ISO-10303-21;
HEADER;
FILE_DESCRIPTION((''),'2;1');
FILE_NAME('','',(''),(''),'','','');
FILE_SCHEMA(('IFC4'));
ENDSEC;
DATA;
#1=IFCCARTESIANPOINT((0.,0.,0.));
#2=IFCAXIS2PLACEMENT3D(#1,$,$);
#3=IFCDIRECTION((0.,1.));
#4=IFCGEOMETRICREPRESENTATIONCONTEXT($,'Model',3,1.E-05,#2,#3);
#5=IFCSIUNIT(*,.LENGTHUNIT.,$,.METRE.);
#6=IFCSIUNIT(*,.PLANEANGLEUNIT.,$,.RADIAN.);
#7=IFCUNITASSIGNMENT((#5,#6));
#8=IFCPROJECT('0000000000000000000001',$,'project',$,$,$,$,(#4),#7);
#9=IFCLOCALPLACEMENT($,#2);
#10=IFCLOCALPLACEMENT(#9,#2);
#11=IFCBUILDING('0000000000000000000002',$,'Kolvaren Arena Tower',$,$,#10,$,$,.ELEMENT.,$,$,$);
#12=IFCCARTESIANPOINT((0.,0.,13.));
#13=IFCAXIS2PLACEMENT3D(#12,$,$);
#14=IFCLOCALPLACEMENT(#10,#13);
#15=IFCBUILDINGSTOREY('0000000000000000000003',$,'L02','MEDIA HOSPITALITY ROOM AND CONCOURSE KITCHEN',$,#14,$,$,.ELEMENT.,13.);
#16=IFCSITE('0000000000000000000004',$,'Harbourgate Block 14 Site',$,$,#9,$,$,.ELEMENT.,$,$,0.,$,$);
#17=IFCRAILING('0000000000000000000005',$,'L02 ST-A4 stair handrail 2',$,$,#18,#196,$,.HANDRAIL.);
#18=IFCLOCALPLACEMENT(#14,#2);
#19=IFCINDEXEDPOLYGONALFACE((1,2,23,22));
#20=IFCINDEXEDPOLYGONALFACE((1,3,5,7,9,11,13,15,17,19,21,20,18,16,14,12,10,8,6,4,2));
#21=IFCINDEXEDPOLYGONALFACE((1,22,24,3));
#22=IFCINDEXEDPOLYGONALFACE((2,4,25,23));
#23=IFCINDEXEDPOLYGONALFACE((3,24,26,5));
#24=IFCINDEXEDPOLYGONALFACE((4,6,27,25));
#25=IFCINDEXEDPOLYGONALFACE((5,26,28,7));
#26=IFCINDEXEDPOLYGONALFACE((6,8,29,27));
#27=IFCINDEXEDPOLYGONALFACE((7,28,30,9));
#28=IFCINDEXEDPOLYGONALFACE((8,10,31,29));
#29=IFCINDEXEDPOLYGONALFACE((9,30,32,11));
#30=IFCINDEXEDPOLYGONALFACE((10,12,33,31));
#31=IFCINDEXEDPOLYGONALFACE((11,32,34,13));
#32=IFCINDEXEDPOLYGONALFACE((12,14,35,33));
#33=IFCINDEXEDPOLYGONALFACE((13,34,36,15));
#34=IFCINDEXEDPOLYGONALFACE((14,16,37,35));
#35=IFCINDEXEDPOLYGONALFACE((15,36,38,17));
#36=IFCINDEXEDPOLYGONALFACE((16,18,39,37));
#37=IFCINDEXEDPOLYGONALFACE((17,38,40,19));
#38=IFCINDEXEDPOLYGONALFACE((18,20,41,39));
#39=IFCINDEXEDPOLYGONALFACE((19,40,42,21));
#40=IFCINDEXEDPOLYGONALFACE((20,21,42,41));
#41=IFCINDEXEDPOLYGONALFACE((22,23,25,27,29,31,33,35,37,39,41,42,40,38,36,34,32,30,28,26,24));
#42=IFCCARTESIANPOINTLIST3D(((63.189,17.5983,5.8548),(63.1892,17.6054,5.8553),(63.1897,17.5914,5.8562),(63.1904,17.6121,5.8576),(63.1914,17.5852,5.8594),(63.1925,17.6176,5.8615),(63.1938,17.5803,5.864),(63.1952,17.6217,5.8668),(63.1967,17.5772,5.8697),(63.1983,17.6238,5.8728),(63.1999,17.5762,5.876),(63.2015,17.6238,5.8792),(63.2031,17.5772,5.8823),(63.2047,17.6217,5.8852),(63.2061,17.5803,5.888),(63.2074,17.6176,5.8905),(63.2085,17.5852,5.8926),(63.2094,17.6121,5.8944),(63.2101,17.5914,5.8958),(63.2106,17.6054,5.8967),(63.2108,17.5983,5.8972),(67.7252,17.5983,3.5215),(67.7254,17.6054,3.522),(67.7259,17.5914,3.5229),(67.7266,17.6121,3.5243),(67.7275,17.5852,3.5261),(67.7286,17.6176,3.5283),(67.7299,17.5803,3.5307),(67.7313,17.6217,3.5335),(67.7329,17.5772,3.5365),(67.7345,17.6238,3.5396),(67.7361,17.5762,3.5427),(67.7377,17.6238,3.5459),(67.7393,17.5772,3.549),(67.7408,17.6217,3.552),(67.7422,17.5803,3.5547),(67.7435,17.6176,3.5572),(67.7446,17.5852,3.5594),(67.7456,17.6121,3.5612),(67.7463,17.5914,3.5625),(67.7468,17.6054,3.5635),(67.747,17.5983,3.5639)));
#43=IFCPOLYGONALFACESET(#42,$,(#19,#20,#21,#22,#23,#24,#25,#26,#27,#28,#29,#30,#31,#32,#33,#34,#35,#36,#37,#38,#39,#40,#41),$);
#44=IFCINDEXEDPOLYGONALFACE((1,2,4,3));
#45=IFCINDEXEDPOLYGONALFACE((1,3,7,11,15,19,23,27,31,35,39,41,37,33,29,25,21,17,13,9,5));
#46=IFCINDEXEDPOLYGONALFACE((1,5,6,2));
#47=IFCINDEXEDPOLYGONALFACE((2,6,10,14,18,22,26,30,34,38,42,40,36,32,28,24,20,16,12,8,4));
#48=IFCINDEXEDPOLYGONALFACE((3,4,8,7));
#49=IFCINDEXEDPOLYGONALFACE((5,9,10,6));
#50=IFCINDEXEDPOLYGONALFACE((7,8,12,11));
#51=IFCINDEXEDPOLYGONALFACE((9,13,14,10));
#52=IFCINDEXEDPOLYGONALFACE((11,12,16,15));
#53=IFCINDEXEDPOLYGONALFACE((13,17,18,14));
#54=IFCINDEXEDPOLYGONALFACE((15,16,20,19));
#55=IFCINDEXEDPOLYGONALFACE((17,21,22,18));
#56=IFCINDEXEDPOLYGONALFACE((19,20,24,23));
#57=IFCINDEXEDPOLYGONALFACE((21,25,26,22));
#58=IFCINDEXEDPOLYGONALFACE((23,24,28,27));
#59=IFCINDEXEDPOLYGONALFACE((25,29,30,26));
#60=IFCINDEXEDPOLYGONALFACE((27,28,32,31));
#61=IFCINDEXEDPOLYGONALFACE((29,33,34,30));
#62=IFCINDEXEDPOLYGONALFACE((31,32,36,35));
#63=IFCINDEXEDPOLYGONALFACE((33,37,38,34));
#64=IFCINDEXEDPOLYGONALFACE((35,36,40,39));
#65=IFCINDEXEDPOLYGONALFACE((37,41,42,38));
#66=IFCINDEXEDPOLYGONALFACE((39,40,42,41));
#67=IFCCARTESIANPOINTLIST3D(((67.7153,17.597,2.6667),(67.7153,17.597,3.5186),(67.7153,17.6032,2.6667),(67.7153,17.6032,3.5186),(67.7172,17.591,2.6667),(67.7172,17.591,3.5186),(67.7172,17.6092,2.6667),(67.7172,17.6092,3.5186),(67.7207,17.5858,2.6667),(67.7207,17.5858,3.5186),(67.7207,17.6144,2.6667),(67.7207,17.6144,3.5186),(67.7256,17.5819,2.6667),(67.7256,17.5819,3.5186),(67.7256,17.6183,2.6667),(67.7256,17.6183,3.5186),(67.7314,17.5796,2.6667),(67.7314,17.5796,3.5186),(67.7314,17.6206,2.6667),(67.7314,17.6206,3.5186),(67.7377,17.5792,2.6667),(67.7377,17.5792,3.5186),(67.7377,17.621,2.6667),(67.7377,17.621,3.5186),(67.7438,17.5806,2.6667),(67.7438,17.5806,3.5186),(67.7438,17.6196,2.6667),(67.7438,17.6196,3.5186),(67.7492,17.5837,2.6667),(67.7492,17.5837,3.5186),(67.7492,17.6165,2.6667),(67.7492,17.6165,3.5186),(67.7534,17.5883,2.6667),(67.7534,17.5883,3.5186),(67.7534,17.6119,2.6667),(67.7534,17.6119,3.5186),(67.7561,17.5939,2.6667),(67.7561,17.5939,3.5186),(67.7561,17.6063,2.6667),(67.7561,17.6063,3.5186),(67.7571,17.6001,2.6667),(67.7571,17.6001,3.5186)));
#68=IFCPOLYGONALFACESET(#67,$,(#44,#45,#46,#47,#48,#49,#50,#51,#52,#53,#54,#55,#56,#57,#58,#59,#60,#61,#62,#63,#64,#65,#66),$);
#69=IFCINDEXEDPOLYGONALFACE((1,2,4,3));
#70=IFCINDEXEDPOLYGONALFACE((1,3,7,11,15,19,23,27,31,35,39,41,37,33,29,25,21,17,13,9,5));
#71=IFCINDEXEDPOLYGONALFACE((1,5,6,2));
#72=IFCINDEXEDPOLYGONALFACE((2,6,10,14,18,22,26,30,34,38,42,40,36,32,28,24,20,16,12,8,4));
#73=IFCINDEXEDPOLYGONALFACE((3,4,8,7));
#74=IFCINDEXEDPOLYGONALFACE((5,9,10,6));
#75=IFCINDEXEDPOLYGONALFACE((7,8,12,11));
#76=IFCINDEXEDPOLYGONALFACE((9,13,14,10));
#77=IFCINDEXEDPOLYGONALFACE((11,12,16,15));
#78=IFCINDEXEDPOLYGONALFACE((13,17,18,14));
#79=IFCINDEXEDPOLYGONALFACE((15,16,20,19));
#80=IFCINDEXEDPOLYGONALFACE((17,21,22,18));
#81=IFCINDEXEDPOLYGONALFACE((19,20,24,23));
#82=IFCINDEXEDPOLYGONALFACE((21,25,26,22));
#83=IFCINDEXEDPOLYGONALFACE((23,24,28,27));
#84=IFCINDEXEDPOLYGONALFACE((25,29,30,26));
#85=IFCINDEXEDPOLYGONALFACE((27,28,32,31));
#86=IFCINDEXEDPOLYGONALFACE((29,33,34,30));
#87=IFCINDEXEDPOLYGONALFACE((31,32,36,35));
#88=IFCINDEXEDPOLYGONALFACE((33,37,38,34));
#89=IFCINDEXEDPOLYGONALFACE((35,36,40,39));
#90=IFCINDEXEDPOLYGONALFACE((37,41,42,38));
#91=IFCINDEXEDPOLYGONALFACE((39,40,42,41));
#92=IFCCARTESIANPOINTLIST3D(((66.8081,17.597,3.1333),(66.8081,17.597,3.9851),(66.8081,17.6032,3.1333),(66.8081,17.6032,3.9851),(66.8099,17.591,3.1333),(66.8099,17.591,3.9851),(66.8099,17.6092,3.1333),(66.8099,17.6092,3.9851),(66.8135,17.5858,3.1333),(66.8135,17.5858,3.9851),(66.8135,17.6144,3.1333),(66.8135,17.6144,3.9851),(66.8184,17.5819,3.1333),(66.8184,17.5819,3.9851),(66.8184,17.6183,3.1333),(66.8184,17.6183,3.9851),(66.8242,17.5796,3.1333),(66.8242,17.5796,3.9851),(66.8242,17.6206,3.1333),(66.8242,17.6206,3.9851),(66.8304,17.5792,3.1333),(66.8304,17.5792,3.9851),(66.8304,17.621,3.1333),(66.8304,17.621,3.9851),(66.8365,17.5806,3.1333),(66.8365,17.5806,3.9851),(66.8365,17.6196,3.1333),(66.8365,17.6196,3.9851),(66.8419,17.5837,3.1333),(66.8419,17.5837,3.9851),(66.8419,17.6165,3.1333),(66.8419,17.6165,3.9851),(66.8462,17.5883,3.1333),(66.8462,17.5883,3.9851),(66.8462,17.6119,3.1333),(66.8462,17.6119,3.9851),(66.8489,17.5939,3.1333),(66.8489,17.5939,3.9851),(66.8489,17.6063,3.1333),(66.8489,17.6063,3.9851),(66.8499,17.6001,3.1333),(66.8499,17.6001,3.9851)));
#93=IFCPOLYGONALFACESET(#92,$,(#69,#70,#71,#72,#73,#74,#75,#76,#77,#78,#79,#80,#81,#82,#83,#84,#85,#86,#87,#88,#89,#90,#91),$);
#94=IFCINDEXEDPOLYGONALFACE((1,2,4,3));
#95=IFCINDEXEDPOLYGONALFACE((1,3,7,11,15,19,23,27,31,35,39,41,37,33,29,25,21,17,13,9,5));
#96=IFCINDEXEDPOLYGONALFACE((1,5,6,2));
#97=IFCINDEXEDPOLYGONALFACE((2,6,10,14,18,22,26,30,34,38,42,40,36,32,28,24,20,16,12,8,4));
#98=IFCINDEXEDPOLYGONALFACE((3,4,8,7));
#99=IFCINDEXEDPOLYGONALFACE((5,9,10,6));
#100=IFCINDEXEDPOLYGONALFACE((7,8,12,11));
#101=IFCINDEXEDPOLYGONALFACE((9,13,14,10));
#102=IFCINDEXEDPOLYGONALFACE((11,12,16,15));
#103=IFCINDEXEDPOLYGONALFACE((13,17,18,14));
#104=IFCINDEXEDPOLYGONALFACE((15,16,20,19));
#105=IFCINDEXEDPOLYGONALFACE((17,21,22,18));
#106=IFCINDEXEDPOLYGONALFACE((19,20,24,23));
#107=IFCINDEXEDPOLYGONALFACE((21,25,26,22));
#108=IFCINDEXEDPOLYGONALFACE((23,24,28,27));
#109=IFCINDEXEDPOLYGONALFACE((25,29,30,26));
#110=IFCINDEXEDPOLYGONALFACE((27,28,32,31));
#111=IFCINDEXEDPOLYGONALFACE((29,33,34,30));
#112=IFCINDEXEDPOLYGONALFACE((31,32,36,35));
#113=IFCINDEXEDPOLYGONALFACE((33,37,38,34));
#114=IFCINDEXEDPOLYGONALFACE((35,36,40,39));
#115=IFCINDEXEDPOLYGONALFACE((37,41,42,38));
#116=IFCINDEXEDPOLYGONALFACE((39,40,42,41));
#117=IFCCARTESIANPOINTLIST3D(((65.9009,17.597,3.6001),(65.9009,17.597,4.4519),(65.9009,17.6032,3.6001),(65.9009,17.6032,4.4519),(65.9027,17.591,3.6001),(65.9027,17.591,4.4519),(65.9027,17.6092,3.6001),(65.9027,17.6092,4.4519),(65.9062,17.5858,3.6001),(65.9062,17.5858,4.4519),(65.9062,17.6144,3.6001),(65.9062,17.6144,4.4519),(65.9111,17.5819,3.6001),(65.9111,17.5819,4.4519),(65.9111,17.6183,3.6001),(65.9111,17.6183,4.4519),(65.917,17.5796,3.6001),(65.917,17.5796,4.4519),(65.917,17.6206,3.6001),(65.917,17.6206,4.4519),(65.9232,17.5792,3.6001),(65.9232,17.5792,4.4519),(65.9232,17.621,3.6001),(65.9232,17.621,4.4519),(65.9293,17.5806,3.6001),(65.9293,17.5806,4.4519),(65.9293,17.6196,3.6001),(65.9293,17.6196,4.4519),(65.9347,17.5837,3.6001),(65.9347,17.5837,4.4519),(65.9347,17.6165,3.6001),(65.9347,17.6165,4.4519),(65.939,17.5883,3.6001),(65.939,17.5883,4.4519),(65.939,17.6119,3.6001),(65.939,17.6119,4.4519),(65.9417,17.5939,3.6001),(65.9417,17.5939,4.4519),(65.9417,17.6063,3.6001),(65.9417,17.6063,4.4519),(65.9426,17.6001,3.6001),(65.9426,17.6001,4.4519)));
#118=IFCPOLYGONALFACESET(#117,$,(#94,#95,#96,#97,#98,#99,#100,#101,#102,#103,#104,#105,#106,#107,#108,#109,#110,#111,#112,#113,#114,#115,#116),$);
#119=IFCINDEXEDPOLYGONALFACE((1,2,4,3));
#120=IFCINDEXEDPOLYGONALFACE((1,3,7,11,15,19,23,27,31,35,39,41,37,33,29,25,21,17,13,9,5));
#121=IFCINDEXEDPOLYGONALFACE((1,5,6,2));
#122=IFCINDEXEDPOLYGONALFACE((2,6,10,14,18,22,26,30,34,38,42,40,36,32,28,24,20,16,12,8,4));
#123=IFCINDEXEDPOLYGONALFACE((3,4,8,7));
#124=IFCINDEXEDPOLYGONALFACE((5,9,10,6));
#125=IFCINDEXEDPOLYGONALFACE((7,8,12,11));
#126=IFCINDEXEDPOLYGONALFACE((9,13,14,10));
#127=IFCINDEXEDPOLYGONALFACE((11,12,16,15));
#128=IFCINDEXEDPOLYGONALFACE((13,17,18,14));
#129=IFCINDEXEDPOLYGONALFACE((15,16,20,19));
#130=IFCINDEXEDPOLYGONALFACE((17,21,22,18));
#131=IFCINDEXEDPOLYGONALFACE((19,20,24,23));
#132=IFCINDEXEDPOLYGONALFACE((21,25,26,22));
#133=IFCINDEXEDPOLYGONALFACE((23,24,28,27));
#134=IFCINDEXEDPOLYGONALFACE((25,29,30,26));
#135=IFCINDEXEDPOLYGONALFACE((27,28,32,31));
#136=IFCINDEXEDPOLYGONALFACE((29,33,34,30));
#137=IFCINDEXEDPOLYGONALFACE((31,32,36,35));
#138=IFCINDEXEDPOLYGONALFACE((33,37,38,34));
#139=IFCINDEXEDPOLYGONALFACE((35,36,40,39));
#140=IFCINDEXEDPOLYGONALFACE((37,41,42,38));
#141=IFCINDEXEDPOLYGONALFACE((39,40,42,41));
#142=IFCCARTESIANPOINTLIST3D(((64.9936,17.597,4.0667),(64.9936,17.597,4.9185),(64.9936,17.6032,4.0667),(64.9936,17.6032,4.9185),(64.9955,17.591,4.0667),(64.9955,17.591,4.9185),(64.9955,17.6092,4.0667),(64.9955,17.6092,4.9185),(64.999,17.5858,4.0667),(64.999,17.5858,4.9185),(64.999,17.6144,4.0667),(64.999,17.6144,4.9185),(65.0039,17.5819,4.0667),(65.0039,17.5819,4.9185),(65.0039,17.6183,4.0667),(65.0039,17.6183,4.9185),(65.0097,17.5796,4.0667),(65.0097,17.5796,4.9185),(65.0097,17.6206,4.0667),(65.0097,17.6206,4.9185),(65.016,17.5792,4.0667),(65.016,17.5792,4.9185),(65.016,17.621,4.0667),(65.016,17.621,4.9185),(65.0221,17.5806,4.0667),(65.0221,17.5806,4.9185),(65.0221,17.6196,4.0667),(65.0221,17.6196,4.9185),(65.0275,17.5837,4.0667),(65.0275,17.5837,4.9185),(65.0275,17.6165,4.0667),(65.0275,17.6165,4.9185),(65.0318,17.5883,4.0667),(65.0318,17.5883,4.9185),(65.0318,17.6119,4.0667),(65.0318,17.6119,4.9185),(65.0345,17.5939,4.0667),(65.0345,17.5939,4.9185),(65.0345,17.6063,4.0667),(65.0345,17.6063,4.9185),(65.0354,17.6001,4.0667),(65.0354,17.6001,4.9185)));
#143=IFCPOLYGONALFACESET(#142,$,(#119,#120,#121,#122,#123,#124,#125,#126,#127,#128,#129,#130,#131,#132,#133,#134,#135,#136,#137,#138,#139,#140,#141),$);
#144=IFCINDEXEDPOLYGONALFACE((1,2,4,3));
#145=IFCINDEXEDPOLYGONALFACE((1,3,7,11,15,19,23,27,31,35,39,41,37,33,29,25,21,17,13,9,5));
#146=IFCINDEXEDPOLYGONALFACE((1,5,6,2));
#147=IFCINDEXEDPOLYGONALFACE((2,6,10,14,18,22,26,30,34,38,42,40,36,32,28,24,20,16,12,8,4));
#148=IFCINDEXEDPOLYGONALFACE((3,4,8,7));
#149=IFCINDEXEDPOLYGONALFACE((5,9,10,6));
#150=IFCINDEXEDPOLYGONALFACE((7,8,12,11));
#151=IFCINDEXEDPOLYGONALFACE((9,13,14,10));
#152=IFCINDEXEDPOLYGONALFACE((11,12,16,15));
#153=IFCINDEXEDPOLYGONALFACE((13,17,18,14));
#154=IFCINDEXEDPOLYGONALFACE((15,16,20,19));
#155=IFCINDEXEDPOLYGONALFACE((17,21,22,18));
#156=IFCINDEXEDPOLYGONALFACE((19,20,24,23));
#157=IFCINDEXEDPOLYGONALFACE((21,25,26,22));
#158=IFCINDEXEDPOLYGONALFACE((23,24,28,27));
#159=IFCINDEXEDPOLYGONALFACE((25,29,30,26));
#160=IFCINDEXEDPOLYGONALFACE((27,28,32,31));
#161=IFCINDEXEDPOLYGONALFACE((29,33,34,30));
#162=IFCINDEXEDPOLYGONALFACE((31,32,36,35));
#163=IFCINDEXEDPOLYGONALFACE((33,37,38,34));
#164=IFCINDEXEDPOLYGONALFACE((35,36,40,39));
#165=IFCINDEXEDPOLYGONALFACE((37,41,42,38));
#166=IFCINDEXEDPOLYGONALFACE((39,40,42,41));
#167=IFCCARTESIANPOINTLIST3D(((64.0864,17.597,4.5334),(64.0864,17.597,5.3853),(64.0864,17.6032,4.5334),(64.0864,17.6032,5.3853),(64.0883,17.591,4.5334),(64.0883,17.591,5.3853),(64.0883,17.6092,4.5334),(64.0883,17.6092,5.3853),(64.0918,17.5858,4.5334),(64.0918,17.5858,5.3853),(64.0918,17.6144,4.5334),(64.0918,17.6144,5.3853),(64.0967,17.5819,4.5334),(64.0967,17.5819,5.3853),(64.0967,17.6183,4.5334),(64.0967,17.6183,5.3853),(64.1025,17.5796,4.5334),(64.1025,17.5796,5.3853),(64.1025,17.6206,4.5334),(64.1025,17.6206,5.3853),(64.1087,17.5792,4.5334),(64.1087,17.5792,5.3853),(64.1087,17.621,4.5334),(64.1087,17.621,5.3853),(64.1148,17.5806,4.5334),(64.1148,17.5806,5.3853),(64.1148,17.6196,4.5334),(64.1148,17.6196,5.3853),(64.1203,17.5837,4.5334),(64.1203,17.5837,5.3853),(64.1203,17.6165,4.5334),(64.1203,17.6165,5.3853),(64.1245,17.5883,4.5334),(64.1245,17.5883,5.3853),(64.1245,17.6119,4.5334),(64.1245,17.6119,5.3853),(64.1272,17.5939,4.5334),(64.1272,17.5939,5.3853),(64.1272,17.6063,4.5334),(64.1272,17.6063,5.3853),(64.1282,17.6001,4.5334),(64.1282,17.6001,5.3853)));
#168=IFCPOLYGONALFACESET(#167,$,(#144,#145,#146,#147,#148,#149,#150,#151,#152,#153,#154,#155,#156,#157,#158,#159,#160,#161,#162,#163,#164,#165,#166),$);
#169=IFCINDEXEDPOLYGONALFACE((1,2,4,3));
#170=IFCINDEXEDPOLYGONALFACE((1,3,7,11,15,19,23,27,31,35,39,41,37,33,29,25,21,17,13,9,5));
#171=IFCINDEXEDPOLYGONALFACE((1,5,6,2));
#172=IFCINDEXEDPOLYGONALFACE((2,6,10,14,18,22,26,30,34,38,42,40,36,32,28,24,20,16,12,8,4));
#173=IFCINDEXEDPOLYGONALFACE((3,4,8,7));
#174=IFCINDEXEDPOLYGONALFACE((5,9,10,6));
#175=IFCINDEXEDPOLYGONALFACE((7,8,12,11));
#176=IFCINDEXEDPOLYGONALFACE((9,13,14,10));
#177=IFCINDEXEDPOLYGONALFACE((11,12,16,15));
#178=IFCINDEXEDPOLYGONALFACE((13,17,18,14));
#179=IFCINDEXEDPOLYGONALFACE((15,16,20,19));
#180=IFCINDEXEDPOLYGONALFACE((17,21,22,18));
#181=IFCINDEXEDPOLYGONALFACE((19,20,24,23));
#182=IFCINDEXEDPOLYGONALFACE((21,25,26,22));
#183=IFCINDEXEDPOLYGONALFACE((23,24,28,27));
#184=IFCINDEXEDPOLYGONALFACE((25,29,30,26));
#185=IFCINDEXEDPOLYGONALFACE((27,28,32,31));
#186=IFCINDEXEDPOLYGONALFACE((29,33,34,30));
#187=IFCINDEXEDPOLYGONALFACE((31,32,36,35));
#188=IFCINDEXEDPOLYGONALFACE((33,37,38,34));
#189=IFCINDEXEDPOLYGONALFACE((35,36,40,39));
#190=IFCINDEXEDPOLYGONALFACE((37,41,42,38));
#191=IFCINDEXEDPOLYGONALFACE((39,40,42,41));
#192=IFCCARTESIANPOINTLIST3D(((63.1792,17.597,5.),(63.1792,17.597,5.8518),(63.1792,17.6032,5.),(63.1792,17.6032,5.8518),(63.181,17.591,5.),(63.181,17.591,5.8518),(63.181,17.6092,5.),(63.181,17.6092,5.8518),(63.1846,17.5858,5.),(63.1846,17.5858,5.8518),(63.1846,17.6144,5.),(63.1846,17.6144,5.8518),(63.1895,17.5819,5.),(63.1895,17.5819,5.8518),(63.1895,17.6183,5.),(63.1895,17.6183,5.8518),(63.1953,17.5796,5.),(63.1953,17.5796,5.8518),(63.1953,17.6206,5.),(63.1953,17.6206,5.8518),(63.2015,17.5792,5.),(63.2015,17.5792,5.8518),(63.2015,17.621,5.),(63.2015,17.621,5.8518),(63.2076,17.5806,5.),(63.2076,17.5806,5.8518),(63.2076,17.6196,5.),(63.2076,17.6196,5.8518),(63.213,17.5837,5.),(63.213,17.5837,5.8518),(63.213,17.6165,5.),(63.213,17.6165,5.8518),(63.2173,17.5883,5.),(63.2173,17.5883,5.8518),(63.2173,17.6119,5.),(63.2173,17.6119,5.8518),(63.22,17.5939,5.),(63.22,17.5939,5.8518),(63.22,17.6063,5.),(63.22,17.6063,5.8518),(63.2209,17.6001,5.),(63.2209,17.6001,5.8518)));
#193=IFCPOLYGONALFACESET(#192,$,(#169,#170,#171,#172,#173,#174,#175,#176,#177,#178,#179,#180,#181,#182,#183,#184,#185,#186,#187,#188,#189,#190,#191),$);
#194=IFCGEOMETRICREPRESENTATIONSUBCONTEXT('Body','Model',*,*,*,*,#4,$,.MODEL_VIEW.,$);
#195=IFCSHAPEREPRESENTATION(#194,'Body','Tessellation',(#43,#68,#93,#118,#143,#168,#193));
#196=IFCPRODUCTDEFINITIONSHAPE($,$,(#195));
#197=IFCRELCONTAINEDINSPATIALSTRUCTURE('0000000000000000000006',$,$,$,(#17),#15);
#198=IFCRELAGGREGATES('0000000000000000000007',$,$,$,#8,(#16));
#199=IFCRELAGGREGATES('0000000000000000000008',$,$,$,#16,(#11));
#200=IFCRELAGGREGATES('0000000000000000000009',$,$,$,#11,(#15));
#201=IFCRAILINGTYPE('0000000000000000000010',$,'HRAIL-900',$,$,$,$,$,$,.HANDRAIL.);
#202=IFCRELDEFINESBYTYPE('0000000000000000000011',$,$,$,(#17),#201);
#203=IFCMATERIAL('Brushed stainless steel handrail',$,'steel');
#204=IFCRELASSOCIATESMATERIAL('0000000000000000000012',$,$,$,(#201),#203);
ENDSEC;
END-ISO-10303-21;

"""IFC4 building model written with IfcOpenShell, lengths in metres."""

from ifc_helpers import new_model, si_unit, direction, frame, origin, origin_2d, place, context, subcontext, project, spatial, circle, extrude, material, type_object, element, save


model = new_model("IFC4")

# Units and contexts
model_context = context("Model", 3, precision=1e-05, world=origin(), true_north=direction((0.0, 1.0)))
body_context = subcontext(model_context, "Body", "Model", "MODEL_VIEW")
ifc_project = project(units=[si_unit("LENGTHUNIT", "METRE"), si_unit("PLANEANGLEUNIT", "RADIAN")], contexts=[model_context])

# Site, building, storey
site_placement = place(None, origin())
site = spatial("IfcSite", under=ifc_project, at=site_placement, Name="Harbourgate Block 14 Site", CompositionType="ELEMENT", RefElevation=0.0)
building_placement = place(site_placement, origin())
building = spatial("IfcBuilding", under=site, at=building_placement, Name="Kolvaren Arena Tower", CompositionType="ELEMENT")
storey_placement = place(building_placement, frame((0.0, 0.0, 13.0)))
storey = spatial("IfcBuildingStorey", under=building, at=storey_placement, Name="L02", Description="MEDIA HOSPITALITY ROOM AND CONCOURSE KITCHEN", CompositionType="ELEMENT", Elevation=13.0)

# Railing
ifc_material_1 = material(Name="Brushed stainless steel handrail", Category="steel")
railing_type_1 = type_object("IfcRailingType", Name="HRAIL-900", PredefinedType="HANDRAIL", material=ifc_material_1)
railing_1_placement = place(storey_placement, frame((67.7361, 17.6001, 2.6667)))
element("IfcRailing", 1, at=railing_1_placement, inside=storey, type_object=railing_type_1, Name="L02 ST-A4 stair handrail 2", PredefinedType="HANDRAIL", context=body_context, shape_type="SweptSolid", body=[
    extrude(circle(Radius=0.0239, at=origin_2d()), frame((0.0, 0.0, 0.876), z_axis=(-0.889257, 0.0, 0.457407), x_axis=(0.0, -1.0, 0.0)), (0.0, 0.0, 1.0), 5.1011),
    extrude(circle(Radius=0.021, at=origin_2d()), origin(), (0.0, 0.0, 1.0), 0.8518),
    extrude(circle(Radius=0.021, at=origin_2d()), frame((-0.9072, 0.0, 0.4666)), (0.0, 0.0, 1.0), 0.8518),
    extrude(circle(Radius=0.021, at=origin_2d()), frame((-1.8145, 0.0, 0.9333)), (0.0, 0.0, 1.0), 0.8518),
    extrude(circle(Radius=0.021, at=origin_2d()), frame((-2.7217, 0.0, 1.3999)), (0.0, 0.0, 1.0), 0.8518),
    extrude(circle(Radius=0.021, at=origin_2d()), frame((-3.6289, 0.0, 1.8667)), (0.0, 0.0, 1.0), 0.8518),
    extrude(circle(Radius=0.021, at=origin_2d()), frame((-4.5361, 0.0, 2.3333)), (0.0, 0.0, 1.0), 0.8518),
])

save(model, "model.ifc")
